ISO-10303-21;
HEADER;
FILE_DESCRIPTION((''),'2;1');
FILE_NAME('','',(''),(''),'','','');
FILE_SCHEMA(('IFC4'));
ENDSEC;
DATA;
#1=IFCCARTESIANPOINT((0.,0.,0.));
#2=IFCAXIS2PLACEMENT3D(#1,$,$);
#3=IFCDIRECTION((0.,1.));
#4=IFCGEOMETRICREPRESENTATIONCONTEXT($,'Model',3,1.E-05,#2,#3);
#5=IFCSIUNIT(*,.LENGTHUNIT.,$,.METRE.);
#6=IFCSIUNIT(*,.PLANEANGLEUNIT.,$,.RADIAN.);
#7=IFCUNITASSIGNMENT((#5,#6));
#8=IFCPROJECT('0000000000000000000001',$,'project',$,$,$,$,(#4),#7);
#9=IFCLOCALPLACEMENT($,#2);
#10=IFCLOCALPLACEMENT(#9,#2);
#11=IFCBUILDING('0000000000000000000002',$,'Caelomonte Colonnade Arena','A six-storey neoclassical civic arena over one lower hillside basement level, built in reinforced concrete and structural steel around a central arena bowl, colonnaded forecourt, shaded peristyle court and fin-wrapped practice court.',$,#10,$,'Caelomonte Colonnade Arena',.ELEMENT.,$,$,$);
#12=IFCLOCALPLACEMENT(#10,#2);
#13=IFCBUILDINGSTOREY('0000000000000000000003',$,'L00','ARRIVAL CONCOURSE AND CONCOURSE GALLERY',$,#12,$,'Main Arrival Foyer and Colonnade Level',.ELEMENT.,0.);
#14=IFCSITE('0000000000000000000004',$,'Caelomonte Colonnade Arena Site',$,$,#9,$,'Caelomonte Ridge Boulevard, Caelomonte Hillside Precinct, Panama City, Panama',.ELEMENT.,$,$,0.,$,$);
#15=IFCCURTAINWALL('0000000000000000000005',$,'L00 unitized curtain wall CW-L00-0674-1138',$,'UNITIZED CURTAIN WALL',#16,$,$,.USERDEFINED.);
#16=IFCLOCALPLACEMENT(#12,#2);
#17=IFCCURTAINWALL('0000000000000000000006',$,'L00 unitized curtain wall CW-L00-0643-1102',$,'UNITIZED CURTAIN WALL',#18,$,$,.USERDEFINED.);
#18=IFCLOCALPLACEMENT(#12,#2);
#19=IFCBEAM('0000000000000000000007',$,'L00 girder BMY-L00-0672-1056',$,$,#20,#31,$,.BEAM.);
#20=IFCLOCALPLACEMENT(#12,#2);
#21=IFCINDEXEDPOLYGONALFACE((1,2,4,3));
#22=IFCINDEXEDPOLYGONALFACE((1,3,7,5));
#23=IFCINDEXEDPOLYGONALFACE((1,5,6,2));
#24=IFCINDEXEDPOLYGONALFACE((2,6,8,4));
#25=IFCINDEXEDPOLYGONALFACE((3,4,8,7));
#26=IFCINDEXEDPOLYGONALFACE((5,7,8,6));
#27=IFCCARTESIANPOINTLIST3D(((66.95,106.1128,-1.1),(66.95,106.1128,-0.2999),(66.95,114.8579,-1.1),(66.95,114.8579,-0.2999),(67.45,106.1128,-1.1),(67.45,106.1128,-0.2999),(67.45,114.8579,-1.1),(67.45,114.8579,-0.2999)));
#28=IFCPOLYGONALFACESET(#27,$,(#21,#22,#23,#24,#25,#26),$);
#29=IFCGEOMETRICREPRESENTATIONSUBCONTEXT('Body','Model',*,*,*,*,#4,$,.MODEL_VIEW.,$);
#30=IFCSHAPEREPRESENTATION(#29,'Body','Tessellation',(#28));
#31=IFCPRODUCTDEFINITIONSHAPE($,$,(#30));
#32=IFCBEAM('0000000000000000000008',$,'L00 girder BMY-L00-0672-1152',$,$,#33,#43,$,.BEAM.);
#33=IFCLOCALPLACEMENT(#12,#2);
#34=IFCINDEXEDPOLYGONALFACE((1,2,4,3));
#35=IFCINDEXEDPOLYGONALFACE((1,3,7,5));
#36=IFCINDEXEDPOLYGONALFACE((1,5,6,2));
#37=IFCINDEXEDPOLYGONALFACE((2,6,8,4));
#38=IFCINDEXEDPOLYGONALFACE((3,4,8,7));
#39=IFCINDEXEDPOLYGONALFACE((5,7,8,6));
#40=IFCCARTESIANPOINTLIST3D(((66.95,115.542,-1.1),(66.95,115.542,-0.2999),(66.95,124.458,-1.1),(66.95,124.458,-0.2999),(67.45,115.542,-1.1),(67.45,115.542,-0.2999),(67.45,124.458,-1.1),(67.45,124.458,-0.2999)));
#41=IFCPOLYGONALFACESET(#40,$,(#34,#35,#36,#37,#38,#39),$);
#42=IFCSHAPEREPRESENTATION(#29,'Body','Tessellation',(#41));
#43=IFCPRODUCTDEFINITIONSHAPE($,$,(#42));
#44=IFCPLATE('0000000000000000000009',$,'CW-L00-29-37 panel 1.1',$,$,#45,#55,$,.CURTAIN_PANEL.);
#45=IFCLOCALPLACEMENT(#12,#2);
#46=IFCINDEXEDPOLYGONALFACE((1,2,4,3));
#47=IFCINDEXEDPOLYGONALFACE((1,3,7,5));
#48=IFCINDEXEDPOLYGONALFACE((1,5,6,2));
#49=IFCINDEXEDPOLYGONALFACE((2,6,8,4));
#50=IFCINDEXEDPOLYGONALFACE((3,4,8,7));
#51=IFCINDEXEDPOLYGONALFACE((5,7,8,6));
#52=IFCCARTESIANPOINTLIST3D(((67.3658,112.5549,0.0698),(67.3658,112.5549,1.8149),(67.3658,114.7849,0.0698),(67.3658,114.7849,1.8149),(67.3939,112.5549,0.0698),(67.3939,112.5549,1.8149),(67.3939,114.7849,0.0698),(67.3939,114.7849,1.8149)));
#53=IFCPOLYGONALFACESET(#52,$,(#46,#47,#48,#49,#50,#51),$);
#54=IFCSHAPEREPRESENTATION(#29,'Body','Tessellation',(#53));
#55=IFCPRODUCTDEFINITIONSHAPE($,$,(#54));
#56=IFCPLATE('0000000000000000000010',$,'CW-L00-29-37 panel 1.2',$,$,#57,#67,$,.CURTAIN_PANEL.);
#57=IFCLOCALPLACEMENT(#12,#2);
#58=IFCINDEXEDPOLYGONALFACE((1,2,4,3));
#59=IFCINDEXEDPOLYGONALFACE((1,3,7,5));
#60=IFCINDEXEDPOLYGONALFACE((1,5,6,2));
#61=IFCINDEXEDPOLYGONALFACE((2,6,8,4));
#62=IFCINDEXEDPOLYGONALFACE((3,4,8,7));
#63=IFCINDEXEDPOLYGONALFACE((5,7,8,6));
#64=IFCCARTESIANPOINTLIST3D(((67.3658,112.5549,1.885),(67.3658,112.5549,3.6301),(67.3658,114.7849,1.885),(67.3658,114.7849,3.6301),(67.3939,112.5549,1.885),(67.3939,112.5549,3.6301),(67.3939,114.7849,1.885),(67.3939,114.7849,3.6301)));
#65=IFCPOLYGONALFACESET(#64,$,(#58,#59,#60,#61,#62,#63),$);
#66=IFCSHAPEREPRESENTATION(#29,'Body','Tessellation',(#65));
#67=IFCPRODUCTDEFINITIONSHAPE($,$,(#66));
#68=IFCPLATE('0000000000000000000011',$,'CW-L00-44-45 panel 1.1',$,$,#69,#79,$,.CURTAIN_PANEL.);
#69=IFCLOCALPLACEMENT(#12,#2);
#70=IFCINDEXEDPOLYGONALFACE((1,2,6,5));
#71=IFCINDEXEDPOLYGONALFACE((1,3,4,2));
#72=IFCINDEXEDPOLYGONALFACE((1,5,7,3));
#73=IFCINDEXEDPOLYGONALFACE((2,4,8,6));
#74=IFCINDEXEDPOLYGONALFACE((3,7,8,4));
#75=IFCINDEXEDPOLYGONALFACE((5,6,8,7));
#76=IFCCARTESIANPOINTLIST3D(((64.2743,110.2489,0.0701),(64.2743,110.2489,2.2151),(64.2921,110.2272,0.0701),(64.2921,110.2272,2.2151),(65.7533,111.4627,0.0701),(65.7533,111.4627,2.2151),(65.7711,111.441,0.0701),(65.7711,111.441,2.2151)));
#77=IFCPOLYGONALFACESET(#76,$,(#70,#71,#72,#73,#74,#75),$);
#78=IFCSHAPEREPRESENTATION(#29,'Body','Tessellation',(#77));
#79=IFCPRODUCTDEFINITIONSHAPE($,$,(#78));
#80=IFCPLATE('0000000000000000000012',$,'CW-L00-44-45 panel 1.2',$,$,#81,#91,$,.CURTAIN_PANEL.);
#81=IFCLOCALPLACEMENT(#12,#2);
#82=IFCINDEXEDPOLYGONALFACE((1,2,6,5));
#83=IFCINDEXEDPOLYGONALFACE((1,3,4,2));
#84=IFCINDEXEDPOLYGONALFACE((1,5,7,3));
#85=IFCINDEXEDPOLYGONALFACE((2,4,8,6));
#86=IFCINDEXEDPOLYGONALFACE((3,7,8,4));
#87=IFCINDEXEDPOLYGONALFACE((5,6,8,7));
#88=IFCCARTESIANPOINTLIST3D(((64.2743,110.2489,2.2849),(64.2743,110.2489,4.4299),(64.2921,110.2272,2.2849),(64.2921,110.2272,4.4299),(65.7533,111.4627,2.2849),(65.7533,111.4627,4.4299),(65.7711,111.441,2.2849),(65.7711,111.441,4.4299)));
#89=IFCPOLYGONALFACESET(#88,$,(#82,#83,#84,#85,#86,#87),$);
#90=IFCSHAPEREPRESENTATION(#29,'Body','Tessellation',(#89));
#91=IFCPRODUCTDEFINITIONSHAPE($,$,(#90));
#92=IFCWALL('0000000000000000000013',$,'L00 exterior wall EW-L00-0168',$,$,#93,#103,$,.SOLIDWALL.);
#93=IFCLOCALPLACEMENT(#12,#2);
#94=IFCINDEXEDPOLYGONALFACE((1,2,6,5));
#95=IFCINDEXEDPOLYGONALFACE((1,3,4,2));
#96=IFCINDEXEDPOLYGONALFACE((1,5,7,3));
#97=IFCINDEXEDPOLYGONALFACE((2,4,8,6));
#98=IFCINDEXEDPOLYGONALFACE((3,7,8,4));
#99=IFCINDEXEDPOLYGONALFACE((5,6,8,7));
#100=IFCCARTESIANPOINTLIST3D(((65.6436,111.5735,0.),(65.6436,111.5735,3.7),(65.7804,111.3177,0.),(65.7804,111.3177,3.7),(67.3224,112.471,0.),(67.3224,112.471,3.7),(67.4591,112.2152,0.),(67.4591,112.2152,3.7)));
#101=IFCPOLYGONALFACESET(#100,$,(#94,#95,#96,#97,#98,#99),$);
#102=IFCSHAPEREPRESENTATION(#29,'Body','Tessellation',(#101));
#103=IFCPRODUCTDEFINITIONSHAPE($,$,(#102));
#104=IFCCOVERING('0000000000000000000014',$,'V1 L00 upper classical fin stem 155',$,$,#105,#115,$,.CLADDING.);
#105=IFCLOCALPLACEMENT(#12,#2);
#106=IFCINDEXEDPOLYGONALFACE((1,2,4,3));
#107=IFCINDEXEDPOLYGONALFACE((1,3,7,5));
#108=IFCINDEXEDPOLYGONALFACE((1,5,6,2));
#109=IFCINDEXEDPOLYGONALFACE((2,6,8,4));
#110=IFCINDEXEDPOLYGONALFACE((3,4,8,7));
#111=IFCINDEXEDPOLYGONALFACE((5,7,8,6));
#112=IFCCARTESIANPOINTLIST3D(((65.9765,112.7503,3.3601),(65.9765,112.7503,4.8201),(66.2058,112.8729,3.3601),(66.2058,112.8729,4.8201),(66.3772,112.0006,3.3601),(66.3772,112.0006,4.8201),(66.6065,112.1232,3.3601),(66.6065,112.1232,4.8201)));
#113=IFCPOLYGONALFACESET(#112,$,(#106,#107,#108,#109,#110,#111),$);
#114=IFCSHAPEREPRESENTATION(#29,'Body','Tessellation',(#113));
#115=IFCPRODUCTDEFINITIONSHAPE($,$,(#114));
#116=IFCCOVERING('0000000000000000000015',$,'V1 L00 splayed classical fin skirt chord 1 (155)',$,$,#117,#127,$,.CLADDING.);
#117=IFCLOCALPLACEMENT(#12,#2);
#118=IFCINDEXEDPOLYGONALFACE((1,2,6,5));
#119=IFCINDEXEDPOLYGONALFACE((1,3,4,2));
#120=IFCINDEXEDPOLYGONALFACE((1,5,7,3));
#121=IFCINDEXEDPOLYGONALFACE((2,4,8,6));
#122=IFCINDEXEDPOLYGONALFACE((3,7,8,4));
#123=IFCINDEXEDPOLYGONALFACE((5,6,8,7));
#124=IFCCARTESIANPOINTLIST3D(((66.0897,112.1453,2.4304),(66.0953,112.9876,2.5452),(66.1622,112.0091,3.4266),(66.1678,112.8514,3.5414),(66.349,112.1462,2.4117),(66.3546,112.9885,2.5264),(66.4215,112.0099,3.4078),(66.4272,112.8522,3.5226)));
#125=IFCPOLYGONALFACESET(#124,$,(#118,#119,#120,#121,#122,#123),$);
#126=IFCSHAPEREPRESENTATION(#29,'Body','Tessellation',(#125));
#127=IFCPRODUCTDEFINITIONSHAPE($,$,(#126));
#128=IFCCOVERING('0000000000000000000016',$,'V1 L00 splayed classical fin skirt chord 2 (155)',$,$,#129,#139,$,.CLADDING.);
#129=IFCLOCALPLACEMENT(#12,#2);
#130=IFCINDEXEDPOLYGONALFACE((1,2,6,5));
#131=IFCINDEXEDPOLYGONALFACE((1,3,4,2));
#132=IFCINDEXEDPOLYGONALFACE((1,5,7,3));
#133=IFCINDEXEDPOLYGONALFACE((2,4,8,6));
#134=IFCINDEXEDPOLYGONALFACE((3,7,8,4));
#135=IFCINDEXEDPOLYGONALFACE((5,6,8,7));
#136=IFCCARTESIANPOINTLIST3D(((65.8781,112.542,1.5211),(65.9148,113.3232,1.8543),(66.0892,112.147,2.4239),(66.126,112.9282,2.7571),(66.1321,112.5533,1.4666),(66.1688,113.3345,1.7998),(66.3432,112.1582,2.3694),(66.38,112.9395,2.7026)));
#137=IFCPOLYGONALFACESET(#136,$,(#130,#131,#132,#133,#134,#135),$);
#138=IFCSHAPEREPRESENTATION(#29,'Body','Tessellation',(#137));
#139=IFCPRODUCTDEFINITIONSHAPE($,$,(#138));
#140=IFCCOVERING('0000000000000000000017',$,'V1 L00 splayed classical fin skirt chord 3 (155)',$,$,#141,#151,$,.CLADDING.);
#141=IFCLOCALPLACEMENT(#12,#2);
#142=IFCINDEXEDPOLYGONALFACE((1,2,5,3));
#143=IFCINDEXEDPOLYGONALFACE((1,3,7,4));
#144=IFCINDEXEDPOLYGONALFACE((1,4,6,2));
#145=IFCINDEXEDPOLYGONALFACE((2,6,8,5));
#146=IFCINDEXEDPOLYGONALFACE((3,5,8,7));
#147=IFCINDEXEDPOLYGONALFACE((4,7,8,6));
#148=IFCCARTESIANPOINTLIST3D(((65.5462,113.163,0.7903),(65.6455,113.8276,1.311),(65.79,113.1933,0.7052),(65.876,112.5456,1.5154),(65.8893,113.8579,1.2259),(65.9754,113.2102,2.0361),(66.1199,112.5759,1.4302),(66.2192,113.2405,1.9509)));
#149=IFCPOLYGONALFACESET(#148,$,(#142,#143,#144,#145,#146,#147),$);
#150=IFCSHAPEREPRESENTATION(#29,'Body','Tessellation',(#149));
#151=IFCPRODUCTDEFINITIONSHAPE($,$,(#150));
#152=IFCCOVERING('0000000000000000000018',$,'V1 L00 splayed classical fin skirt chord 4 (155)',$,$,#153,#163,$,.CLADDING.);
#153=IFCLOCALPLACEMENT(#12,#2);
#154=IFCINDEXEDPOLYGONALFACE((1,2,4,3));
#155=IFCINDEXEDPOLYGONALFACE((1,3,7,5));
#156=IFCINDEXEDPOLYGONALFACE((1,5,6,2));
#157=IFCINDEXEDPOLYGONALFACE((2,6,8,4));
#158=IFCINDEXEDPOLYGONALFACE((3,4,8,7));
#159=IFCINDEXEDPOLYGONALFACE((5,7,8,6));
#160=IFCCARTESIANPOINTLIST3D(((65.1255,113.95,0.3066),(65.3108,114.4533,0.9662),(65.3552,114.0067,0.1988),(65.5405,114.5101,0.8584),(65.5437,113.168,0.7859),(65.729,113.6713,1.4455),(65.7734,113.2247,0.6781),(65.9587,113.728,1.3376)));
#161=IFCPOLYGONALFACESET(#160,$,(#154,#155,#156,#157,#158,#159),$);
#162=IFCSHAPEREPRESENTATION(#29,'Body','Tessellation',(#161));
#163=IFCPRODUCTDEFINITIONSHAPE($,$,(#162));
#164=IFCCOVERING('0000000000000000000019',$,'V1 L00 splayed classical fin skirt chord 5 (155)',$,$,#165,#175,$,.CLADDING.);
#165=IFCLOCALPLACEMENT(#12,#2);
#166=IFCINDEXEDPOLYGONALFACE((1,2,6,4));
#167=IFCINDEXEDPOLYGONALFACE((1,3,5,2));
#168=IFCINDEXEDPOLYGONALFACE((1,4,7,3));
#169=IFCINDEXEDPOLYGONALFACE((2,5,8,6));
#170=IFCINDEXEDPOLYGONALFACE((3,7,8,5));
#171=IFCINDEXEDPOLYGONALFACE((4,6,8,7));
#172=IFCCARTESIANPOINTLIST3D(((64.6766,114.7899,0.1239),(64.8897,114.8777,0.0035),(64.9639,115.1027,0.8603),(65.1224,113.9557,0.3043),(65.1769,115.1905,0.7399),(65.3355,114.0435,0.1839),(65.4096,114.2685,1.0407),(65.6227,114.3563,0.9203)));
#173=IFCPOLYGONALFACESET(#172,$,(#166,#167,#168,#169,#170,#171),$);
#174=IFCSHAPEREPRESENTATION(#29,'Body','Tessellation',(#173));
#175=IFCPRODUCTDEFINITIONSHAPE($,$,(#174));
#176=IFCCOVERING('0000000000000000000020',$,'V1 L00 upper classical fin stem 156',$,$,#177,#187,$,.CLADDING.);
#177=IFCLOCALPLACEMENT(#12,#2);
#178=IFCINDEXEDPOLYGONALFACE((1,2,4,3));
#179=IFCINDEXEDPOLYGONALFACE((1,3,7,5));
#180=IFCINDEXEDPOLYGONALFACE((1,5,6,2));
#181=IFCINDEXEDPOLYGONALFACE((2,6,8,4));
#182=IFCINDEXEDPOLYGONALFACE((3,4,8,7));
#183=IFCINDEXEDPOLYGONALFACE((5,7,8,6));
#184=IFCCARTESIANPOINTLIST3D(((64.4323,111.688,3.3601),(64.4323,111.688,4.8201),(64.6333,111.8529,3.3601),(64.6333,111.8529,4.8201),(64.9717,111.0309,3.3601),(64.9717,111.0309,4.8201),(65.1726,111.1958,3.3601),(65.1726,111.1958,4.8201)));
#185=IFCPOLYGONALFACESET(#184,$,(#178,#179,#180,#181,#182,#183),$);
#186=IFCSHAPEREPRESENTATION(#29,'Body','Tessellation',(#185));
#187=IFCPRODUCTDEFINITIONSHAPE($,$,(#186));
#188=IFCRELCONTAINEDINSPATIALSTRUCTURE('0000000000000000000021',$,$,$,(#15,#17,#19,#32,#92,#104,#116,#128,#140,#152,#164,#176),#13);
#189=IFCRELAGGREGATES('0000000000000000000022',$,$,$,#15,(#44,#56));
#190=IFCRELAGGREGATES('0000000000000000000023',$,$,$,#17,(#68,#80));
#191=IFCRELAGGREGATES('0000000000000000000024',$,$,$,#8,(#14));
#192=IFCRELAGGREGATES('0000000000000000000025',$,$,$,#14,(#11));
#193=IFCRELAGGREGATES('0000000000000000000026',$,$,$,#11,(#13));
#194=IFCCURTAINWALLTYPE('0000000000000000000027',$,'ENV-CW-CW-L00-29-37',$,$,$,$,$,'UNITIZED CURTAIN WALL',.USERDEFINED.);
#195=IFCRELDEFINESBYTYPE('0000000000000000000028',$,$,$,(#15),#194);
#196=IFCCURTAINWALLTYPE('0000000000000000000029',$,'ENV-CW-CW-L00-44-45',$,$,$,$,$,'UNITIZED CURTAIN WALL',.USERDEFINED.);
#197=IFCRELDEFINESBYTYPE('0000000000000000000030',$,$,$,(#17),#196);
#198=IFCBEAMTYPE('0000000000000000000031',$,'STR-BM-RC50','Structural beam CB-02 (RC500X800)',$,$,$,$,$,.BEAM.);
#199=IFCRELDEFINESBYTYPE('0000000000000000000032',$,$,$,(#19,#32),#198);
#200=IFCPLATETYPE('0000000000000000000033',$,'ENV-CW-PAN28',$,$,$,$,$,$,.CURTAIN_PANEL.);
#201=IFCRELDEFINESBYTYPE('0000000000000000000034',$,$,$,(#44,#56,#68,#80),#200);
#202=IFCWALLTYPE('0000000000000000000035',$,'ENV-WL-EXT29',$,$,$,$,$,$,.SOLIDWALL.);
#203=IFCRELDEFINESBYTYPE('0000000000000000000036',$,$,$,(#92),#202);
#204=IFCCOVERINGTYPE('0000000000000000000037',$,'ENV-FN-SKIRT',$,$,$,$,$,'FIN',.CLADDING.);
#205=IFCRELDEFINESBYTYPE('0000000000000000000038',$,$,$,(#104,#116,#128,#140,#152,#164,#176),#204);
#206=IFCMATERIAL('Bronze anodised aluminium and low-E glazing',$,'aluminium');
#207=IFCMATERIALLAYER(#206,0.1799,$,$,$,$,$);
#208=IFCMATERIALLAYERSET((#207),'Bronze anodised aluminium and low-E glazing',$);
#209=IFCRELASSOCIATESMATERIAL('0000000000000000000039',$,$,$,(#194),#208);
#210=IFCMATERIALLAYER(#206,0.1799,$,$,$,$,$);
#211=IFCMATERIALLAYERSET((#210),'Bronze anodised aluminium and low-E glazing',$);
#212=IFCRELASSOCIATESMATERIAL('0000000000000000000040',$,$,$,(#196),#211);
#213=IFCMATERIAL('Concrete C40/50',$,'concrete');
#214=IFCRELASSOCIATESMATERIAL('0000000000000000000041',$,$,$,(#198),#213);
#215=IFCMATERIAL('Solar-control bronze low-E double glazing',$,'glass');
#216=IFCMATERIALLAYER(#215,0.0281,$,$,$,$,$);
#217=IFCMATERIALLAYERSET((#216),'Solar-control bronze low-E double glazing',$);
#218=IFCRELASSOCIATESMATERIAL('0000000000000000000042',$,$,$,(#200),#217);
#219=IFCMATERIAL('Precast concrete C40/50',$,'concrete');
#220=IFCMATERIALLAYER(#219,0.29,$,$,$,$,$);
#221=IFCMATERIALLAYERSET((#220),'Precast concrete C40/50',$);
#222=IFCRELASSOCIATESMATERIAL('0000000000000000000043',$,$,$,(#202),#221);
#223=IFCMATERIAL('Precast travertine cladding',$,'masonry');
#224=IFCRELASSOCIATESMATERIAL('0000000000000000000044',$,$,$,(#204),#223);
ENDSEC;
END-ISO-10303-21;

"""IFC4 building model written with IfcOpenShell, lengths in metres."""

from ifc_helpers import new_model, si_unit, direction, frame, frame_2d, origin, origin_2d, place, context, subcontext, project, spatial, rectangle, extrude, material, layer, layer_set, material_profile, profile_set, type_object, element, aggregate, save


model = new_model("IFC4")

# Units and contexts
model_context = context("Model", 3, precision=1e-05, world=origin(), true_north=direction((0.0, 1.0)))
body_context = subcontext(model_context, "Body", "Model", "MODEL_VIEW")
ifc_project = project(units=[si_unit("LENGTHUNIT", "METRE"), si_unit("PLANEANGLEUNIT", "RADIAN")], contexts=[model_context])

# Site, building, storey
site_placement = place(None, origin())
site = spatial("IfcSite", under=ifc_project, at=site_placement, Name="Caelomonte Colonnade Arena Site", LongName="Caelomonte Ridge Boulevard, Caelomonte Hillside Precinct, Panama City, Panama", CompositionType="ELEMENT", RefElevation=0.0)
building_placement = place(site_placement, origin())
building = spatial("IfcBuilding", under=site, at=building_placement, Name="Caelomonte Colonnade Arena", Description="A six-storey neoclassical civic arena over one lower hillside basement level, built in reinforced concrete and structural steel around a central arena bowl, colonnaded forecourt, shaded peristyle court and fin-wrapped practice court.", LongName="Caelomonte Colonnade Arena", CompositionType="ELEMENT")
storey_placement = place(building_placement, origin())
storey = spatial("IfcBuildingStorey", under=building, at=storey_placement, Name="L00", Description="ARRIVAL CONCOURSE AND CONCOURSE GALLERY", LongName="Main Arrival Foyer and Colonnade Level", CompositionType="ELEMENT", Elevation=0.0)

# Shared definitions
ifc_material_1 = material(Name="Concrete C40/50", Category="concrete")

# Curtain wall
ifc_material_2 = material(Name="Bronze anodised aluminium and low-E glazing", Category="aluminium")
ifc_layer_1 = layer(ifc_material_2, 0.1799)
ifc_layer_set_1 = layer_set([ifc_layer_1], Name="Bronze anodised aluminium and low-E glazing")
curtain_wall_type_1 = type_object("IfcCurtainWallType", Name="ENV-CW-CW-L00-29-37", ElementType="UNITIZED CURTAIN WALL", PredefinedType="USERDEFINED", material=ifc_layer_set_1)
curtain_wall_1_placement = place(storey_placement, origin())
curtain_wall_1 = element("IfcCurtainWall", 1, at=curtain_wall_1_placement, inside=storey, type_object=curtain_wall_type_1, Name="L00 unitized curtain wall CW-L00-0674-1138", ObjectType="UNITIZED CURTAIN WALL", PredefinedType="USERDEFINED")

# Curtain wall
ifc_layer_2 = layer(ifc_material_2, 0.1799)
ifc_layer_set_2 = layer_set([ifc_layer_2], Name="Bronze anodised aluminium and low-E glazing")
curtain_wall_type_2 = type_object("IfcCurtainWallType", Name="ENV-CW-CW-L00-44-45", ElementType="UNITIZED CURTAIN WALL", PredefinedType="USERDEFINED", material=ifc_layer_set_2)
curtain_wall_2_placement = place(storey_placement, origin())
curtain_wall_2 = element("IfcCurtainWall", 2, at=curtain_wall_2_placement, inside=storey, type_object=curtain_wall_type_2, Name="L00 unitized curtain wall CW-L00-0643-1102", ObjectType="UNITIZED CURTAIN WALL", PredefinedType="USERDEFINED")

# Beams
ifc_material_profile_1 = material_profile(ifc_material_1, rectangle(XDim=0.5, YDim=0.8, at=origin_2d()), Name="RC500X800")
ifc_profile_set_1 = profile_set([ifc_material_profile_1], Name="Concrete C40/50")
beam_type_1 = type_object("IfcBeamType", Name="STR-BM-RC50", Description="Structural beam CB-02 (RC500X800)", PredefinedType="BEAM", material=ifc_profile_set_1)
beam_1_placement = place(storey_placement, frame((67.2, 106.1128, -0.7), z_axis=(0.0, 1.0, 0.0), x_axis=(-1.0, 0.0, 0.0)))
element("IfcBeam", 3, at=beam_1_placement, inside=storey, type_object=beam_type_1, Name="L00 girder BMY-L00-0672-1056", PredefinedType="BEAM", context=body_context, shape_type="SweptSolid", body=[
    extrude(rectangle(XDim=0.5, YDim=0.8, at=origin_2d()), origin(), (0.0, 0.0, 1.0), 8.7451),
])
beam_2_placement = place(storey_placement, frame((67.2, 115.542, -0.7), z_axis=(0.0, 1.0, 0.0), x_axis=(-1.0, 0.0, 0.0)))
element("IfcBeam", 4, at=beam_2_placement, inside=storey, type_object=beam_type_1, Name="L00 girder BMY-L00-0672-1152", PredefinedType="BEAM", context=body_context, shape_type="SweptSolid", body=[
    extrude(rectangle(XDim=0.5, YDim=0.8, at=origin_2d()), origin(), (0.0, 0.0, 1.0), 8.916),
])

# Plates
ifc_material_3 = material(Name="Solar-control bronze low-E double glazing", Category="glass")
ifc_layer_3 = layer(ifc_material_3, 0.0281)
ifc_layer_set_3 = layer_set([ifc_layer_3], Name="Solar-control bronze low-E double glazing")
plate_type = type_object("IfcPlateType", Name="ENV-CW-PAN28", PredefinedType="CURTAIN_PANEL", material=ifc_layer_set_3)
plate_1_placement = place(storey_placement, frame((67.3799, 113.6699, 0.0698), z_axis=(0.0, 0.0, 1.0), x_axis=(0.0, -1.0, 0.0)))
plate_1 = element("IfcPlate", 5, at=plate_1_placement, type_object=plate_type, Name="CW-L00-29-37 panel 1.1", PredefinedType="CURTAIN_PANEL", context=body_context, shape_type="SweptSolid", body=[
    extrude(rectangle(XDim=2.23, YDim=0.0281, at=origin_2d()), origin(), (0.0, 0.0, 1.0), 1.7451),
])
plate_2_placement = place(storey_placement, frame((67.3799, 113.6699, 1.885), z_axis=(0.0, 0.0, 1.0), x_axis=(0.0, -1.0, 0.0)))
plate_2 = element("IfcPlate", 6, at=plate_2_placement, type_object=plate_type, Name="CW-L00-29-37 panel 1.2", PredefinedType="CURTAIN_PANEL", context=body_context, shape_type="SweptSolid", body=[
    extrude(rectangle(XDim=2.23, YDim=0.0281, at=origin_2d()), origin(), (0.0, 0.0, 1.0), 1.7451),
])
aggregate(curtain_wall_1, [plate_1, plate_2])
plate_3_placement = place(storey_placement, frame((65.0227, 110.845, 0.0701), z_axis=(0.0, 0.0, 1.0), x_axis=(-0.772992, -0.634416, 0.0)))
plate_3 = element("IfcPlate", 7, at=plate_3_placement, type_object=plate_type, Name="CW-L00-44-45 panel 1.1", PredefinedType="CURTAIN_PANEL", context=body_context, shape_type="SweptSolid", body=[
    extrude(rectangle(XDim=1.9133, YDim=0.0281, at=origin_2d()), origin(), (0.0, 0.0, 1.0), 2.145),
])
plate_4_placement = place(storey_placement, frame((65.0227, 110.845, 2.2849), z_axis=(0.0, 0.0, 1.0), x_axis=(-0.772992, -0.634416, 0.0)))
plate_4 = element("IfcPlate", 8, at=plate_4_placement, type_object=plate_type, Name="CW-L00-44-45 panel 1.2", PredefinedType="CURTAIN_PANEL", context=body_context, shape_type="SweptSolid", body=[
    extrude(rectangle(XDim=1.9133, YDim=0.0281, at=origin_2d()), origin(), (0.0, 0.0, 1.0), 2.145),
])
aggregate(curtain_wall_2, [plate_3, plate_4])

# Wall
ifc_material_4 = material(Name="Precast concrete C40/50", Category="concrete")
ifc_layer_4 = layer(ifc_material_4, 0.29)
ifc_layer_set_4 = layer_set([ifc_layer_4], Name="Precast concrete C40/50")
wall_type = type_object("IfcWallType", Name="ENV-WL-EXT29", PredefinedType="SOLIDWALL", material=ifc_layer_set_4)
wall_placement = place(storey_placement, frame((67.3906, 112.343, 0.0), z_axis=(0.0, 0.0, 1.0), x_axis=(-0.881884, -0.471467, 0.0)))
element("IfcWall", 9, at=wall_placement, inside=storey, type_object=wall_type, Name="L00 exterior wall EW-L00-0168", PredefinedType="SOLIDWALL", context=body_context, shape_type="SweptSolid", body=[
    extrude(rectangle(XDim=1.9036, YDim=0.29, at=frame_2d((0.9517, 0.0))), origin(), (0.0, 0.0, 1.0), 3.7),
])

# Coverings
ifc_material_5 = material(Name="Precast travertine cladding", Category="masonry")
ifc_material_profile_2 = material_profile(ifc_material_5, rectangle(XDim=0.26, YDim=0.8501, at=origin_2d()), Name="FIN260X850")
ifc_profile_set_2 = profile_set([ifc_material_profile_2], Name="Precast travertine cladding")
covering_type = type_object("IfcCoveringType", Name="ENV-FN-SKIRT", ElementType="FIN", PredefinedType="CLADDING", material=ifc_profile_set_2)
covering_1_placement = place(storey_placement, frame((66.2915, 112.4368, 3.3601), z_axis=(0.0, 0.0, 1.0), x_axis=(0.881921, 0.471397, 0.0)))
element("IfcCovering", 10, at=covering_1_placement, inside=storey, type_object=covering_type, Name="V1 L00 upper classical fin stem 155", PredefinedType="CLADDING", context=body_context, shape_type="SweptSolid", body=[
    extrude(rectangle(XDim=0.26, YDim=0.8501, at=origin_2d()), origin(), (0.0, 0.0, 1.0), 1.46),
])
covering_2_placement = place(storey_placement, frame((66.2947, 112.4307, 3.4746), z_axis=(-0.071936, 0.135152, -0.98821), x_axis=(-0.997387, -0.003152, 0.072173)))
element("IfcCovering", 11, at=covering_2_placement, inside=storey, type_object=covering_type, Name="V1 L00 splayed classical fin skirt chord 1 (155)", PredefinedType="CLADDING", context=body_context, shape_type="SweptSolid", body=[
    extrude(rectangle(XDim=0.26, YDim=0.8501, at=origin_2d()), origin(), (0.0, 0.0, 1.0), 1.0081),
])
for number, where, z_axis, x_axis, name in (
    (12, (66.2346, 112.5432, 2.5632), (-0.209539, 0.391946, -0.895808), (-0.976844, -0.043392, 0.209508), "V1 L00 splayed classical fin skirt chord 2 (155)"),
    (13, (66.0476, 112.8931, 1.7332), (-0.327262, 0.612617, -0.719444), (-0.937684, -0.116412, 0.327409), "V1 L00 splayed classical fin skirt chord 3 (155)"),
):
    element("IfcCovering", number, at=place(storey_placement, frame(where, z_axis=z_axis, x_axis=x_axis)), inside=storey, type_object=covering_type, Name=name, PredefinedType="CLADDING", context=body_context, shape_type="SweptSolid", body=[
        extrude(rectangle(XDim=0.26, YDim=0.8501, at=origin_2d()), origin(), (0.0, 0.0, 1.0), 1.0078),
    ])
covering_3_placement = place(storey_placement, frame((65.7512, 113.448, 1.0618), z_axis=(-0.414891, 0.775771, -0.475441), x_axis=(-0.883384, -0.218283, 0.41471)))
element("IfcCovering", 14, at=covering_3_placement, inside=storey, type_object=covering_type, Name="V1 L00 splayed classical fin skirt chord 4 (155)", PredefinedType="CLADDING", context=body_context, shape_type="SweptSolid", body=[
    extrude(rectangle(XDim=0.26, YDim=0.8501, at=origin_2d()), origin(), (0.0, 0.0, 1.0), 1.0081),
])
covering_4_placement = place(storey_placement, frame((65.3726, 114.156, 0.6123), z_axis=(-0.462965, 0.866347, -0.187366), x_axis=(-0.819453, -0.337761, 0.463048)))
element("IfcCovering", 15, at=covering_4_placement, inside=storey, type_object=covering_type, Name="V1 L00 splayed classical fin skirt chord 5 (155)", PredefinedType="CLADDING", context=body_context, shape_type="SweptSolid", body=[
    extrude(rectangle(XDim=0.26, YDim=0.8501, at=origin_2d()), origin(), (0.0, 0.0, 1.0), 0.9629),
])
covering_5_placement = place(storey_placement, frame((64.8025, 111.4419, 3.3601), z_axis=(0.0, 0.0, 1.0), x_axis=(0.772994, 0.634414, 0.0)))
element("IfcCovering", 16, at=covering_5_placement, inside=storey, type_object=covering_type, Name="V1 L00 upper classical fin stem 156", PredefinedType="CLADDING", context=body_context, shape_type="SweptSolid", body=[
    extrude(rectangle(XDim=0.26, YDim=0.8501, at=origin_2d()), origin(), (0.0, 0.0, 1.0), 1.46),
])

save(model, "model.ifc")
